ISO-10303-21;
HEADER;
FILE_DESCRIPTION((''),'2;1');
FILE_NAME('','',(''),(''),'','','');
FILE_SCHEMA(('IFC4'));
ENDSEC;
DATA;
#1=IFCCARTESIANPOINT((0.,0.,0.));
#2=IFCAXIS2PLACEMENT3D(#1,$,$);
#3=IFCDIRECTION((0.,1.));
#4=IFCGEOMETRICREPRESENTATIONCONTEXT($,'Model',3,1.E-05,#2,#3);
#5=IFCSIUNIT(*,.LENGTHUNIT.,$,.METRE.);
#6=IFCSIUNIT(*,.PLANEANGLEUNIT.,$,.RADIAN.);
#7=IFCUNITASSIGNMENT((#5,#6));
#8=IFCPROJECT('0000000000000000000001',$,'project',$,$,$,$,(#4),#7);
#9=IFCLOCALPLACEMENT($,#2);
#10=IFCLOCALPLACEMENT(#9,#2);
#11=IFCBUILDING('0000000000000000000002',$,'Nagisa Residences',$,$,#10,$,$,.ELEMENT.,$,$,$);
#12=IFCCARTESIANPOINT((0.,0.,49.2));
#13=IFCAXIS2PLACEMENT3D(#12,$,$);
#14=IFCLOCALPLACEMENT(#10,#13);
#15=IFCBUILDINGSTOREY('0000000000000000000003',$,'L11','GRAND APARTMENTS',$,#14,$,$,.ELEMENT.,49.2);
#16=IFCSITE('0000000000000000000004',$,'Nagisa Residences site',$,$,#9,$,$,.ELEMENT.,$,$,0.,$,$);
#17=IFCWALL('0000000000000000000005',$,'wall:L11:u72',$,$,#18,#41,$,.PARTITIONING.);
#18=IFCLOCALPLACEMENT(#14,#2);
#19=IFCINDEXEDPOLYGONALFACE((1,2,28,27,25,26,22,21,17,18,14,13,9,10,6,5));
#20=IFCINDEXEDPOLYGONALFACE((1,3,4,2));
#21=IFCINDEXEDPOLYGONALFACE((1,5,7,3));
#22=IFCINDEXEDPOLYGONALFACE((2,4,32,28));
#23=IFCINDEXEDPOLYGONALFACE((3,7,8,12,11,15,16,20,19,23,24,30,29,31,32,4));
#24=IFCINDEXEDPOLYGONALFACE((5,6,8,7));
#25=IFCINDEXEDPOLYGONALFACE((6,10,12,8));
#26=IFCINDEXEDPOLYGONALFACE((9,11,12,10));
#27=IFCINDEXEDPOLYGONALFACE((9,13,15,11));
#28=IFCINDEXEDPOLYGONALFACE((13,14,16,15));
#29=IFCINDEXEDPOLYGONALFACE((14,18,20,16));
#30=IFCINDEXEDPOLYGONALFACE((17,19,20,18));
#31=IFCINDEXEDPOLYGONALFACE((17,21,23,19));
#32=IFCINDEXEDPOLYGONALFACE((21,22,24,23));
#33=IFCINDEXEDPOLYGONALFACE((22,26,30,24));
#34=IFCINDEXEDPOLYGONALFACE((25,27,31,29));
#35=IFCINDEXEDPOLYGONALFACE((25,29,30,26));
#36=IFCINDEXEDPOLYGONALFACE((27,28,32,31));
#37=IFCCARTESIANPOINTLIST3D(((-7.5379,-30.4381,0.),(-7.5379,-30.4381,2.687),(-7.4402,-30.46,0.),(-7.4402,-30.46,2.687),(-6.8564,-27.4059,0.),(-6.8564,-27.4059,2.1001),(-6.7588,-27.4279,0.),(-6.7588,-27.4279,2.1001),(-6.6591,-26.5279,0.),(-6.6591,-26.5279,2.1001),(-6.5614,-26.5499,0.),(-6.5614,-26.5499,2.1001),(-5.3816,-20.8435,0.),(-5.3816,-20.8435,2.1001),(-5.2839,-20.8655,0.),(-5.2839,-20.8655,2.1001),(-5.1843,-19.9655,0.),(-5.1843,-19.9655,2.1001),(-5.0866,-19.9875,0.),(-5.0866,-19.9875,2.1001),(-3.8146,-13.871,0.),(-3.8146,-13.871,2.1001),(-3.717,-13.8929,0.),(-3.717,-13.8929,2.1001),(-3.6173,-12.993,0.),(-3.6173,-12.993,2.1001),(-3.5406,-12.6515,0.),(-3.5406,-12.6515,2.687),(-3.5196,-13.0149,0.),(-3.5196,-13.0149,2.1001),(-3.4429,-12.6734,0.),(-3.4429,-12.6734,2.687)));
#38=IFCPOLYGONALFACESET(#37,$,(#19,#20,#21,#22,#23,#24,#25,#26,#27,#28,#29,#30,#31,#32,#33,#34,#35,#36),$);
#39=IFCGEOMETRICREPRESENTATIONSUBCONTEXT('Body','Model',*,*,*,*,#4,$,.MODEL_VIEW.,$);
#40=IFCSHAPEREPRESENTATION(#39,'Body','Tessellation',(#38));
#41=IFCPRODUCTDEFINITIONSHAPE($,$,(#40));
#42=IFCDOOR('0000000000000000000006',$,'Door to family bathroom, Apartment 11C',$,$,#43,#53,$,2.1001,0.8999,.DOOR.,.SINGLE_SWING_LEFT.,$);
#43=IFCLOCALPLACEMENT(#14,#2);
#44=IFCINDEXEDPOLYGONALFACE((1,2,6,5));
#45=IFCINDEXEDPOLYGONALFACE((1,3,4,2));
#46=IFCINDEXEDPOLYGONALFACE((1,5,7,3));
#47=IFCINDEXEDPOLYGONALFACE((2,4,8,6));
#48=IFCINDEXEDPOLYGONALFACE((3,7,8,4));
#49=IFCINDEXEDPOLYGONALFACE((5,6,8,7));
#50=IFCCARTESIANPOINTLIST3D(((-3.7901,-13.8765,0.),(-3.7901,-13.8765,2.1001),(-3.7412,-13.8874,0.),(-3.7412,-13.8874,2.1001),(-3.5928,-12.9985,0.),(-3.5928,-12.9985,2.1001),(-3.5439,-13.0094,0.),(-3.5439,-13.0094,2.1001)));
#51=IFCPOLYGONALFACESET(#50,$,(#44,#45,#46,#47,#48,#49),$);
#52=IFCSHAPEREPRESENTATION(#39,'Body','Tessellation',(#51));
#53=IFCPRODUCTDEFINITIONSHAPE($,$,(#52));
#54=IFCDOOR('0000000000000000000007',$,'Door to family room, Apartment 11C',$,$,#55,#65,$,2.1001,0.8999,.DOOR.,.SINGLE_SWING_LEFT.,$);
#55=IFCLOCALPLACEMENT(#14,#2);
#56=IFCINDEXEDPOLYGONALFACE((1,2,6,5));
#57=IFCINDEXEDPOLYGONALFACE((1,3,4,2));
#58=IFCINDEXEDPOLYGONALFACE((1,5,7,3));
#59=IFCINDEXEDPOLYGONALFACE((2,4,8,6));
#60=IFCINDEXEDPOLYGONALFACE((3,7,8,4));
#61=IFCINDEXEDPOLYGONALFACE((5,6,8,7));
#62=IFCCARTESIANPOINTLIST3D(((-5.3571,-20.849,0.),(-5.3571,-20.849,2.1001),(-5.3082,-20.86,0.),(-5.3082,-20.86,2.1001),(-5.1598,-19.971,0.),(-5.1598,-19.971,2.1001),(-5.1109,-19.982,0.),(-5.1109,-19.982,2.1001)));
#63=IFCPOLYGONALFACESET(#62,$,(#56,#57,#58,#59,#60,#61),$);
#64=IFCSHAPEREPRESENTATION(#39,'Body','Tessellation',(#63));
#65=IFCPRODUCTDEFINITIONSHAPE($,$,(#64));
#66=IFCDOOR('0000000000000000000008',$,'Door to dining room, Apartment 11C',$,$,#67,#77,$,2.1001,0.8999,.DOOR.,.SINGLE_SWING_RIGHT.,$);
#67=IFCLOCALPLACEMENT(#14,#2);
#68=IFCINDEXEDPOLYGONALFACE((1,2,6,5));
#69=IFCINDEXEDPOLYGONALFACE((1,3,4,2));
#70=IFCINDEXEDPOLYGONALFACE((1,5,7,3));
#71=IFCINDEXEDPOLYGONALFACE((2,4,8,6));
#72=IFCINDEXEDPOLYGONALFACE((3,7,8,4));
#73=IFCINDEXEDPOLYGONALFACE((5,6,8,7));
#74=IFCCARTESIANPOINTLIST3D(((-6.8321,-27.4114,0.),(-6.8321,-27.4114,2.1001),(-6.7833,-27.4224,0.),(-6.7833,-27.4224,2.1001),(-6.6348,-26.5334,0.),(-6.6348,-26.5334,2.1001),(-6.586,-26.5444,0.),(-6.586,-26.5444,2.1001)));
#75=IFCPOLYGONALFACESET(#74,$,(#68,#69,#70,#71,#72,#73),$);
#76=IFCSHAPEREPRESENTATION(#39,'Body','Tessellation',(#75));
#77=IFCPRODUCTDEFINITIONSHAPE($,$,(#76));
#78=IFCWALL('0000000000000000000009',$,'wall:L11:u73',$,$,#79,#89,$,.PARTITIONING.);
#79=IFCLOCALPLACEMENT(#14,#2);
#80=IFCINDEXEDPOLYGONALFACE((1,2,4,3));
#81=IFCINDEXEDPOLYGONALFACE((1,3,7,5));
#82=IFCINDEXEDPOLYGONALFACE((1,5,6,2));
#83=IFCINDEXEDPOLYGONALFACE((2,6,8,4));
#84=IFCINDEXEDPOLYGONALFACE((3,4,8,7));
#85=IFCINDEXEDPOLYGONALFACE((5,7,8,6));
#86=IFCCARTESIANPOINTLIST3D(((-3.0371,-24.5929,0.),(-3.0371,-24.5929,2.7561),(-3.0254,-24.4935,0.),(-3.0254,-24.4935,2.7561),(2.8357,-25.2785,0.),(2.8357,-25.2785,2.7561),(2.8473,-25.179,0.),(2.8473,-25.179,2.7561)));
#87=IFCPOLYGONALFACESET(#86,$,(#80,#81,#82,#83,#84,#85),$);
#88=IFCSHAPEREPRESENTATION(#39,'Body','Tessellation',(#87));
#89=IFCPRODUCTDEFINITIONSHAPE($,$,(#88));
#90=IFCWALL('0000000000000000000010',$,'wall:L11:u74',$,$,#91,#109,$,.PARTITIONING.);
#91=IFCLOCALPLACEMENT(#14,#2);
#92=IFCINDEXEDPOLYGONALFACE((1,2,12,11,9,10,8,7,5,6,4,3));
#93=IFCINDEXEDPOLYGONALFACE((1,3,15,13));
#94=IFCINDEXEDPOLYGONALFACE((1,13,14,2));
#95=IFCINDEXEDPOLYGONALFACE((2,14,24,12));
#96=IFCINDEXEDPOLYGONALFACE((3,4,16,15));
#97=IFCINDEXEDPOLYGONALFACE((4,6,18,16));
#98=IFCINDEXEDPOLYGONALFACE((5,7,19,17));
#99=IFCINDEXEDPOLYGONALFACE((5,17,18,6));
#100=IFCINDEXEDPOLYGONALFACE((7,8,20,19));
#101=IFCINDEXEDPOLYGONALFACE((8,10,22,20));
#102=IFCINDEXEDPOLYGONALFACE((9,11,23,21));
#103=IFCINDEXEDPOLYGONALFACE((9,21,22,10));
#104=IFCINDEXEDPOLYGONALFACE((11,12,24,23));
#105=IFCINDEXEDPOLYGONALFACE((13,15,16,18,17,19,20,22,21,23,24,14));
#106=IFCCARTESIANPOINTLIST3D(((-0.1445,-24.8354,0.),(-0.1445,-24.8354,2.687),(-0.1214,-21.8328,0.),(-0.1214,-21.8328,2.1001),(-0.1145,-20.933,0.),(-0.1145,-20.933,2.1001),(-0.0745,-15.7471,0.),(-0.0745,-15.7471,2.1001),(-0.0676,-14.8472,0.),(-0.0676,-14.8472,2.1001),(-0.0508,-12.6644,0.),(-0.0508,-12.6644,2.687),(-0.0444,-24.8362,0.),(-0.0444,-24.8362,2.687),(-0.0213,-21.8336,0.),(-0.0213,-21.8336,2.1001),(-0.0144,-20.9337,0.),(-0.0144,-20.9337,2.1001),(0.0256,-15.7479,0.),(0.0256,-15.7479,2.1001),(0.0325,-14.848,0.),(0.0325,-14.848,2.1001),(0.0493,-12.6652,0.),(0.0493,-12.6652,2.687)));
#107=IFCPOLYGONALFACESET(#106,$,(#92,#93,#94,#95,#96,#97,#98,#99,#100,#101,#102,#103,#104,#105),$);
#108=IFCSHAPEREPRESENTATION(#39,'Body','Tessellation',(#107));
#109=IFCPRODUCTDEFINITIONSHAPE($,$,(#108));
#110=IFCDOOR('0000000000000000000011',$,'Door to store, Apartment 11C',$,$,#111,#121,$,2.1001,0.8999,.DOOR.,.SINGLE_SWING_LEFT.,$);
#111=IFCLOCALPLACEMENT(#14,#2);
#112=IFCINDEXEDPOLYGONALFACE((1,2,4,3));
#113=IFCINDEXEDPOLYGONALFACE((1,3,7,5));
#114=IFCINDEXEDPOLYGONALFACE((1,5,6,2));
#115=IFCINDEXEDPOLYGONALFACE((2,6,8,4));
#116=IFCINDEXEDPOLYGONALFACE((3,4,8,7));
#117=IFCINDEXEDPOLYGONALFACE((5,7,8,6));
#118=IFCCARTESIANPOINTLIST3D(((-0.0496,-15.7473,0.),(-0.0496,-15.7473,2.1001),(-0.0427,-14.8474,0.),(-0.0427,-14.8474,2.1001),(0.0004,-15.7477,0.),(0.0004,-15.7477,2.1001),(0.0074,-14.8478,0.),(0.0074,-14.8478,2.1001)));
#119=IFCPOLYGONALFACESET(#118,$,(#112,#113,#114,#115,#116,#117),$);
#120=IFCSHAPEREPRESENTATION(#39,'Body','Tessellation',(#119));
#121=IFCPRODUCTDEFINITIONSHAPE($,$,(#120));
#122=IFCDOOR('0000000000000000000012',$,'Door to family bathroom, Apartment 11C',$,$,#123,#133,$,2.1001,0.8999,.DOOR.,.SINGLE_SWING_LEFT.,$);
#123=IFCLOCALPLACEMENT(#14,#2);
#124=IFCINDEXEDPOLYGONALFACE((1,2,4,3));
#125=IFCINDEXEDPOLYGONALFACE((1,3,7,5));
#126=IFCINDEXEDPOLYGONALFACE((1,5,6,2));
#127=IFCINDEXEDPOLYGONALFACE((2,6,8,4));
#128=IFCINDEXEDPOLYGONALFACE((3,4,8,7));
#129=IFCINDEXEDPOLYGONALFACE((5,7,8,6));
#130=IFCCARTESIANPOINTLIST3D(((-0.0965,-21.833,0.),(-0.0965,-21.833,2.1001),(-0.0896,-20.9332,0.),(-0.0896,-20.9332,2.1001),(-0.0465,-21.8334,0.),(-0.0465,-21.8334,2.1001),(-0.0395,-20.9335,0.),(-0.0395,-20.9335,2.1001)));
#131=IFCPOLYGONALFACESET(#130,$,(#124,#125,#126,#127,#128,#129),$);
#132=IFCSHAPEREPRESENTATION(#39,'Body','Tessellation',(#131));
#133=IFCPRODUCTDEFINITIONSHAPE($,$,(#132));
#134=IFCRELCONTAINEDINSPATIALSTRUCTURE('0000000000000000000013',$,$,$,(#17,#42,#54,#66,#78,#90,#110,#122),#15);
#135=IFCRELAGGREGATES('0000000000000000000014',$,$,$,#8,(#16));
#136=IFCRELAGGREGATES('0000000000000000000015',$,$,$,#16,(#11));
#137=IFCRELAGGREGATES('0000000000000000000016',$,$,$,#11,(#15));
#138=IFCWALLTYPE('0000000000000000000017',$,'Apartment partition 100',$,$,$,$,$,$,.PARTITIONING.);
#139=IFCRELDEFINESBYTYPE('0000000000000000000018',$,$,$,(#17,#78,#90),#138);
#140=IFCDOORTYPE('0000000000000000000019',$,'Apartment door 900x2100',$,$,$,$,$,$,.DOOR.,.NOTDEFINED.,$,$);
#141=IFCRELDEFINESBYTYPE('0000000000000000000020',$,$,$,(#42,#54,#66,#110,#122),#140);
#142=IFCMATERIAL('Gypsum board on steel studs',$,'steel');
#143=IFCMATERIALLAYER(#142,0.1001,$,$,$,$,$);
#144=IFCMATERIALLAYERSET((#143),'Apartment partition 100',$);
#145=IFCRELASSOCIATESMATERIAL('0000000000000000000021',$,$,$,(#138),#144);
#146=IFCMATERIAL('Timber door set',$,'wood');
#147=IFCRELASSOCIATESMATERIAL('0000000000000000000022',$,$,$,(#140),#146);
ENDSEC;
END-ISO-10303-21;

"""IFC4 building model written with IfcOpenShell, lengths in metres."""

from ifc_helpers import new_model, si_unit, direction, frame, frame_2d, origin, place, context, subcontext, project, spatial, rectangle, extrude, material, layer, layer_set, type_object, element, fill, save


model = new_model("IFC4")

# Units and contexts
model_context = context("Model", 3, precision=1e-05, world=origin(), true_north=direction((0.0, 1.0)))
body_context = subcontext(model_context, "Body", "Model", "MODEL_VIEW")
ifc_project = project(units=[si_unit("LENGTHUNIT", "METRE"), si_unit("PLANEANGLEUNIT", "RADIAN")], contexts=[model_context])

# Site, building, storey
site_placement = place(None, origin())
site = spatial("IfcSite", under=ifc_project, at=site_placement, Name="Nagisa Residences site", CompositionType="ELEMENT", RefElevation=0.0)
building_placement = place(site_placement, origin())
building = spatial("IfcBuilding", under=site, at=building_placement, Name="Nagisa Residences", CompositionType="ELEMENT")
storey_placement = place(building_placement, frame((0.0, 0.0, 49.2)))
storey = spatial("IfcBuildingStorey", under=building, at=storey_placement, Name="L11", Description="GRAND APARTMENTS", CompositionType="ELEMENT", Elevation=49.2)

# Shared definitions
ifc_material_1 = material(Name="Gypsum board on steel studs", Category="steel")
ifc_layer_1 = layer(ifc_material_1, 0.1001)
ifc_layer_set_1 = layer_set([ifc_layer_1], Name="Apartment partition 100")
wall_type_1 = type_object("IfcWallType", Name="Apartment partition 100", PredefinedType="PARTITIONING", material=ifc_layer_set_1)
ifc_material_2 = material(Name="Timber door set", Category="wood")
door_type_1 = type_object("IfcDoorType", Name="Apartment door 900x2100", OperationType="NOTDEFINED", PredefinedType="DOOR", material=ifc_material_2)

# Wall, openings, doors
wall_1_placement = place(storey_placement, frame((-3.4917, -12.6624, 0.0), z_axis=(0.0, 0.0, 1.0), x_axis=(-0.219268, -0.975665, 0.0)))
wall_1 = element("IfcWall", 1, at=wall_1_placement, inside=storey, type_object=wall_type_1, Name="wall:L11:u72", PredefinedType="PARTITIONING", context=body_context, shape_type="SweptSolid", body=[
    extrude(rectangle(XDim=18.2302, YDim=0.1001, at=frame_2d((9.1152, 0.0))), origin(), (0.0, 0.0, 1.0), 2.687),
])
opening_1_placement = place(wall_1_placement, frame((0.3501, 0.0, 0.0)))
opening_1 = element("IfcOpeningElement", 2, at=opening_1_placement, cuts=wall_1, PredefinedType="OPENING", context=body_context, shape_type="SweptSolid", body=[
    extrude(rectangle(XDim=0.8999, YDim=2.1001, at=frame_2d((0.45, 1.05))), frame((0.0, 0.0601, 0.0), z_axis=(0.0, -1.0, 0.0), x_axis=(1.0, 0.0, 0.0)), (0.0, 0.0, 1.0), 0.1201),
])
opening_2_placement = place(wall_1_placement, frame((7.4966, 0.0, 0.0)))
opening_2 = element("IfcOpeningElement", 3, at=opening_2_placement, cuts=wall_1, PredefinedType="OPENING", context=body_context, shape_type="SweptSolid", body=[
    extrude(rectangle(XDim=0.8999, YDim=2.1001, at=frame_2d((0.45, 1.05))), frame((0.0, 0.0601, 0.0), z_axis=(0.0, -1.0, 0.0), x_axis=(1.0, 0.0, 0.0)), (0.0, 0.0, 1.0), 0.1201),
])
opening_3_placement = place(wall_1_placement, frame((14.2227, 0.0, 0.0)))
opening_3 = element("IfcOpeningElement", 4, at=opening_3_placement, cuts=wall_1, PredefinedType="OPENING", context=body_context, shape_type="SweptSolid", body=[
    extrude(rectangle(XDim=0.8999, YDim=2.1001, at=frame_2d((0.45, 1.05))), frame((0.0, 0.0601, 0.0), z_axis=(0.0, -1.0, 0.0), x_axis=(1.0, 0.0, 0.0)), (0.0, 0.0, 1.0), 0.1201),
])
door_1_placement = place(opening_1_placement, frame((0.8999, 0.0, 0.0), x_axis=(-1.0, 0.0, 0.0)))
door_1 = element("IfcDoor", 5, at=door_1_placement, inside=storey, type_object=door_type_1, Name="Door to family bathroom, Apartment 11C", OperationType="SINGLE_SWING_LEFT", OverallHeight=2.1001, OverallWidth=0.8999, PredefinedType="DOOR", context=body_context, shape_type="SweptSolid", body=[
    extrude(rectangle(XDim=0.8999, YDim=2.1001, at=frame_2d((0.45, 1.05))), frame((0.0, 0.0249, 0.0), z_axis=(0.0, -1.0, 0.0), x_axis=(1.0, 0.0, 0.0)), (0.0, 0.0, 1.0), 0.05),
])
fill(opening_1, door_1)
door_2_placement = place(opening_2_placement, frame((0.8999, 0.0, 0.0), x_axis=(-1.0, 0.0, 0.0)))
door_2 = element("IfcDoor", 6, at=door_2_placement, inside=storey, type_object=door_type_1, Name="Door to family room, Apartment 11C", OperationType="SINGLE_SWING_LEFT", OverallHeight=2.1001, OverallWidth=0.8999, PredefinedType="DOOR", context=body_context, shape_type="SweptSolid", body=[
    extrude(rectangle(XDim=0.8999, YDim=2.1001, at=frame_2d((0.45, 1.05))), frame((0.0, 0.0249, 0.0), z_axis=(0.0, -1.0, 0.0), x_axis=(1.0, 0.0, 0.0)), (0.0, 0.0, 1.0), 0.05),
])
fill(opening_2, door_2)
door_3_placement = place(opening_3_placement, origin())
door_3 = element("IfcDoor", 7, at=door_3_placement, inside=storey, type_object=door_type_1, Name="Door to dining room, Apartment 11C", OperationType="SINGLE_SWING_RIGHT", OverallHeight=2.1001, OverallWidth=0.8999, PredefinedType="DOOR", context=body_context, shape_type="SweptSolid", body=[
    extrude(rectangle(XDim=0.8999, YDim=2.1001, at=frame_2d((0.45, 1.05))), frame((0.0, 0.0249, 0.0), z_axis=(0.0, -1.0, 0.0), x_axis=(1.0, 0.0, 0.0)), (0.0, 0.0, 1.0), 0.05),
])
fill(opening_3, door_3)

# Wall
wall_2_placement = place(storey_placement, frame((-3.0312, -24.5432, 0.0), z_axis=(0.0, 0.0, 1.0), x_axis=(0.993256, -0.115945, 0.0)))
element("IfcWall", 8, at=wall_2_placement, inside=storey, type_object=wall_type_1, Name="wall:L11:u73", PredefinedType="PARTITIONING", context=body_context, shape_type="SweptSolid", body=[
    extrude(rectangle(XDim=5.9126, YDim=0.1001, at=frame_2d((2.9563, 0.0))), origin(), (0.0, 0.0, 1.0), 2.7561),
])

# Wall, openings, doors
wall_3_placement = place(storey_placement, frame((-0.0007, -12.6648, 0.0), z_axis=(0.0, 0.0, 1.0), x_axis=(-0.007702, -0.99997, 0.0)))
wall_3 = element("IfcWall", 9, at=wall_3_placement, inside=storey, type_object=wall_type_1, Name="wall:L11:u74", PredefinedType="PARTITIONING", context=body_context, shape_type="SweptSolid", body=[
    extrude(rectangle(XDim=12.1714, YDim=0.1001, at=frame_2d((6.0857, 0.0))), origin(), (0.0, 0.0, 1.0), 2.687),
])
opening_4_placement = place(wall_3_placement, frame((2.1829, 0.0, 0.0)))
opening_4 = element("IfcOpeningElement", 10, at=opening_4_placement, cuts=wall_3, PredefinedType="OPENING", context=body_context, shape_type="SweptSolid", body=[
    extrude(rectangle(XDim=0.8999, YDim=2.1001, at=frame_2d((0.45, 1.05))), frame((0.0, 0.0601, 0.0), z_axis=(0.0, -1.0, 0.0), x_axis=(1.0, 0.0, 0.0)), (0.0, 0.0, 1.0), 0.1201),
])
opening_5_placement = place(wall_3_placement, frame((8.2688, 0.0, 0.0)))
opening_5 = element("IfcOpeningElement", 11, at=opening_5_placement, cuts=wall_3, PredefinedType="OPENING", context=body_context, shape_type="SweptSolid", body=[
    extrude(rectangle(XDim=0.8999, YDim=2.1001, at=frame_2d((0.45, 1.05))), frame((0.0, 0.0601, 0.0), z_axis=(0.0, -1.0, 0.0), x_axis=(1.0, 0.0, 0.0)), (0.0, 0.0, 1.0), 0.1201),
])
door_4_placement = place(opening_4_placement, origin())
door_4 = element("IfcDoor", 12, at=door_4_placement, inside=storey, type_object=door_type_1, Name="Door to store, Apartment 11C", OperationType="SINGLE_SWING_LEFT", OverallHeight=2.1001, OverallWidth=0.8999, PredefinedType="DOOR", context=body_context, shape_type="SweptSolid", body=[
    extrude(rectangle(XDim=0.8999, YDim=2.1001, at=frame_2d((0.45, 1.05))), frame((0.0, 0.0249, 0.0), z_axis=(0.0, -1.0, 0.0), x_axis=(1.0, 0.0, 0.0)), (0.0, 0.0, 1.0), 0.05),
])
fill(opening_4, door_4)
door_5_placement = place(opening_5_placement, origin())
door_5 = element("IfcDoor", 13, at=door_5_placement, inside=storey, type_object=door_type_1, Name="Door to family bathroom, Apartment 11C", OperationType="SINGLE_SWING_LEFT", OverallHeight=2.1001, OverallWidth=0.8999, PredefinedType="DOOR", context=body_context, shape_type="SweptSolid", body=[
    extrude(rectangle(XDim=0.8999, YDim=2.1001, at=frame_2d((0.45, 1.05))), frame((0.0, 0.0249, 0.0), z_axis=(0.0, -1.0, 0.0), x_axis=(1.0, 0.0, 0.0)), (0.0, 0.0, 1.0), 0.05),
])
fill(opening_5, door_5)

save(model, "model.ifc")
